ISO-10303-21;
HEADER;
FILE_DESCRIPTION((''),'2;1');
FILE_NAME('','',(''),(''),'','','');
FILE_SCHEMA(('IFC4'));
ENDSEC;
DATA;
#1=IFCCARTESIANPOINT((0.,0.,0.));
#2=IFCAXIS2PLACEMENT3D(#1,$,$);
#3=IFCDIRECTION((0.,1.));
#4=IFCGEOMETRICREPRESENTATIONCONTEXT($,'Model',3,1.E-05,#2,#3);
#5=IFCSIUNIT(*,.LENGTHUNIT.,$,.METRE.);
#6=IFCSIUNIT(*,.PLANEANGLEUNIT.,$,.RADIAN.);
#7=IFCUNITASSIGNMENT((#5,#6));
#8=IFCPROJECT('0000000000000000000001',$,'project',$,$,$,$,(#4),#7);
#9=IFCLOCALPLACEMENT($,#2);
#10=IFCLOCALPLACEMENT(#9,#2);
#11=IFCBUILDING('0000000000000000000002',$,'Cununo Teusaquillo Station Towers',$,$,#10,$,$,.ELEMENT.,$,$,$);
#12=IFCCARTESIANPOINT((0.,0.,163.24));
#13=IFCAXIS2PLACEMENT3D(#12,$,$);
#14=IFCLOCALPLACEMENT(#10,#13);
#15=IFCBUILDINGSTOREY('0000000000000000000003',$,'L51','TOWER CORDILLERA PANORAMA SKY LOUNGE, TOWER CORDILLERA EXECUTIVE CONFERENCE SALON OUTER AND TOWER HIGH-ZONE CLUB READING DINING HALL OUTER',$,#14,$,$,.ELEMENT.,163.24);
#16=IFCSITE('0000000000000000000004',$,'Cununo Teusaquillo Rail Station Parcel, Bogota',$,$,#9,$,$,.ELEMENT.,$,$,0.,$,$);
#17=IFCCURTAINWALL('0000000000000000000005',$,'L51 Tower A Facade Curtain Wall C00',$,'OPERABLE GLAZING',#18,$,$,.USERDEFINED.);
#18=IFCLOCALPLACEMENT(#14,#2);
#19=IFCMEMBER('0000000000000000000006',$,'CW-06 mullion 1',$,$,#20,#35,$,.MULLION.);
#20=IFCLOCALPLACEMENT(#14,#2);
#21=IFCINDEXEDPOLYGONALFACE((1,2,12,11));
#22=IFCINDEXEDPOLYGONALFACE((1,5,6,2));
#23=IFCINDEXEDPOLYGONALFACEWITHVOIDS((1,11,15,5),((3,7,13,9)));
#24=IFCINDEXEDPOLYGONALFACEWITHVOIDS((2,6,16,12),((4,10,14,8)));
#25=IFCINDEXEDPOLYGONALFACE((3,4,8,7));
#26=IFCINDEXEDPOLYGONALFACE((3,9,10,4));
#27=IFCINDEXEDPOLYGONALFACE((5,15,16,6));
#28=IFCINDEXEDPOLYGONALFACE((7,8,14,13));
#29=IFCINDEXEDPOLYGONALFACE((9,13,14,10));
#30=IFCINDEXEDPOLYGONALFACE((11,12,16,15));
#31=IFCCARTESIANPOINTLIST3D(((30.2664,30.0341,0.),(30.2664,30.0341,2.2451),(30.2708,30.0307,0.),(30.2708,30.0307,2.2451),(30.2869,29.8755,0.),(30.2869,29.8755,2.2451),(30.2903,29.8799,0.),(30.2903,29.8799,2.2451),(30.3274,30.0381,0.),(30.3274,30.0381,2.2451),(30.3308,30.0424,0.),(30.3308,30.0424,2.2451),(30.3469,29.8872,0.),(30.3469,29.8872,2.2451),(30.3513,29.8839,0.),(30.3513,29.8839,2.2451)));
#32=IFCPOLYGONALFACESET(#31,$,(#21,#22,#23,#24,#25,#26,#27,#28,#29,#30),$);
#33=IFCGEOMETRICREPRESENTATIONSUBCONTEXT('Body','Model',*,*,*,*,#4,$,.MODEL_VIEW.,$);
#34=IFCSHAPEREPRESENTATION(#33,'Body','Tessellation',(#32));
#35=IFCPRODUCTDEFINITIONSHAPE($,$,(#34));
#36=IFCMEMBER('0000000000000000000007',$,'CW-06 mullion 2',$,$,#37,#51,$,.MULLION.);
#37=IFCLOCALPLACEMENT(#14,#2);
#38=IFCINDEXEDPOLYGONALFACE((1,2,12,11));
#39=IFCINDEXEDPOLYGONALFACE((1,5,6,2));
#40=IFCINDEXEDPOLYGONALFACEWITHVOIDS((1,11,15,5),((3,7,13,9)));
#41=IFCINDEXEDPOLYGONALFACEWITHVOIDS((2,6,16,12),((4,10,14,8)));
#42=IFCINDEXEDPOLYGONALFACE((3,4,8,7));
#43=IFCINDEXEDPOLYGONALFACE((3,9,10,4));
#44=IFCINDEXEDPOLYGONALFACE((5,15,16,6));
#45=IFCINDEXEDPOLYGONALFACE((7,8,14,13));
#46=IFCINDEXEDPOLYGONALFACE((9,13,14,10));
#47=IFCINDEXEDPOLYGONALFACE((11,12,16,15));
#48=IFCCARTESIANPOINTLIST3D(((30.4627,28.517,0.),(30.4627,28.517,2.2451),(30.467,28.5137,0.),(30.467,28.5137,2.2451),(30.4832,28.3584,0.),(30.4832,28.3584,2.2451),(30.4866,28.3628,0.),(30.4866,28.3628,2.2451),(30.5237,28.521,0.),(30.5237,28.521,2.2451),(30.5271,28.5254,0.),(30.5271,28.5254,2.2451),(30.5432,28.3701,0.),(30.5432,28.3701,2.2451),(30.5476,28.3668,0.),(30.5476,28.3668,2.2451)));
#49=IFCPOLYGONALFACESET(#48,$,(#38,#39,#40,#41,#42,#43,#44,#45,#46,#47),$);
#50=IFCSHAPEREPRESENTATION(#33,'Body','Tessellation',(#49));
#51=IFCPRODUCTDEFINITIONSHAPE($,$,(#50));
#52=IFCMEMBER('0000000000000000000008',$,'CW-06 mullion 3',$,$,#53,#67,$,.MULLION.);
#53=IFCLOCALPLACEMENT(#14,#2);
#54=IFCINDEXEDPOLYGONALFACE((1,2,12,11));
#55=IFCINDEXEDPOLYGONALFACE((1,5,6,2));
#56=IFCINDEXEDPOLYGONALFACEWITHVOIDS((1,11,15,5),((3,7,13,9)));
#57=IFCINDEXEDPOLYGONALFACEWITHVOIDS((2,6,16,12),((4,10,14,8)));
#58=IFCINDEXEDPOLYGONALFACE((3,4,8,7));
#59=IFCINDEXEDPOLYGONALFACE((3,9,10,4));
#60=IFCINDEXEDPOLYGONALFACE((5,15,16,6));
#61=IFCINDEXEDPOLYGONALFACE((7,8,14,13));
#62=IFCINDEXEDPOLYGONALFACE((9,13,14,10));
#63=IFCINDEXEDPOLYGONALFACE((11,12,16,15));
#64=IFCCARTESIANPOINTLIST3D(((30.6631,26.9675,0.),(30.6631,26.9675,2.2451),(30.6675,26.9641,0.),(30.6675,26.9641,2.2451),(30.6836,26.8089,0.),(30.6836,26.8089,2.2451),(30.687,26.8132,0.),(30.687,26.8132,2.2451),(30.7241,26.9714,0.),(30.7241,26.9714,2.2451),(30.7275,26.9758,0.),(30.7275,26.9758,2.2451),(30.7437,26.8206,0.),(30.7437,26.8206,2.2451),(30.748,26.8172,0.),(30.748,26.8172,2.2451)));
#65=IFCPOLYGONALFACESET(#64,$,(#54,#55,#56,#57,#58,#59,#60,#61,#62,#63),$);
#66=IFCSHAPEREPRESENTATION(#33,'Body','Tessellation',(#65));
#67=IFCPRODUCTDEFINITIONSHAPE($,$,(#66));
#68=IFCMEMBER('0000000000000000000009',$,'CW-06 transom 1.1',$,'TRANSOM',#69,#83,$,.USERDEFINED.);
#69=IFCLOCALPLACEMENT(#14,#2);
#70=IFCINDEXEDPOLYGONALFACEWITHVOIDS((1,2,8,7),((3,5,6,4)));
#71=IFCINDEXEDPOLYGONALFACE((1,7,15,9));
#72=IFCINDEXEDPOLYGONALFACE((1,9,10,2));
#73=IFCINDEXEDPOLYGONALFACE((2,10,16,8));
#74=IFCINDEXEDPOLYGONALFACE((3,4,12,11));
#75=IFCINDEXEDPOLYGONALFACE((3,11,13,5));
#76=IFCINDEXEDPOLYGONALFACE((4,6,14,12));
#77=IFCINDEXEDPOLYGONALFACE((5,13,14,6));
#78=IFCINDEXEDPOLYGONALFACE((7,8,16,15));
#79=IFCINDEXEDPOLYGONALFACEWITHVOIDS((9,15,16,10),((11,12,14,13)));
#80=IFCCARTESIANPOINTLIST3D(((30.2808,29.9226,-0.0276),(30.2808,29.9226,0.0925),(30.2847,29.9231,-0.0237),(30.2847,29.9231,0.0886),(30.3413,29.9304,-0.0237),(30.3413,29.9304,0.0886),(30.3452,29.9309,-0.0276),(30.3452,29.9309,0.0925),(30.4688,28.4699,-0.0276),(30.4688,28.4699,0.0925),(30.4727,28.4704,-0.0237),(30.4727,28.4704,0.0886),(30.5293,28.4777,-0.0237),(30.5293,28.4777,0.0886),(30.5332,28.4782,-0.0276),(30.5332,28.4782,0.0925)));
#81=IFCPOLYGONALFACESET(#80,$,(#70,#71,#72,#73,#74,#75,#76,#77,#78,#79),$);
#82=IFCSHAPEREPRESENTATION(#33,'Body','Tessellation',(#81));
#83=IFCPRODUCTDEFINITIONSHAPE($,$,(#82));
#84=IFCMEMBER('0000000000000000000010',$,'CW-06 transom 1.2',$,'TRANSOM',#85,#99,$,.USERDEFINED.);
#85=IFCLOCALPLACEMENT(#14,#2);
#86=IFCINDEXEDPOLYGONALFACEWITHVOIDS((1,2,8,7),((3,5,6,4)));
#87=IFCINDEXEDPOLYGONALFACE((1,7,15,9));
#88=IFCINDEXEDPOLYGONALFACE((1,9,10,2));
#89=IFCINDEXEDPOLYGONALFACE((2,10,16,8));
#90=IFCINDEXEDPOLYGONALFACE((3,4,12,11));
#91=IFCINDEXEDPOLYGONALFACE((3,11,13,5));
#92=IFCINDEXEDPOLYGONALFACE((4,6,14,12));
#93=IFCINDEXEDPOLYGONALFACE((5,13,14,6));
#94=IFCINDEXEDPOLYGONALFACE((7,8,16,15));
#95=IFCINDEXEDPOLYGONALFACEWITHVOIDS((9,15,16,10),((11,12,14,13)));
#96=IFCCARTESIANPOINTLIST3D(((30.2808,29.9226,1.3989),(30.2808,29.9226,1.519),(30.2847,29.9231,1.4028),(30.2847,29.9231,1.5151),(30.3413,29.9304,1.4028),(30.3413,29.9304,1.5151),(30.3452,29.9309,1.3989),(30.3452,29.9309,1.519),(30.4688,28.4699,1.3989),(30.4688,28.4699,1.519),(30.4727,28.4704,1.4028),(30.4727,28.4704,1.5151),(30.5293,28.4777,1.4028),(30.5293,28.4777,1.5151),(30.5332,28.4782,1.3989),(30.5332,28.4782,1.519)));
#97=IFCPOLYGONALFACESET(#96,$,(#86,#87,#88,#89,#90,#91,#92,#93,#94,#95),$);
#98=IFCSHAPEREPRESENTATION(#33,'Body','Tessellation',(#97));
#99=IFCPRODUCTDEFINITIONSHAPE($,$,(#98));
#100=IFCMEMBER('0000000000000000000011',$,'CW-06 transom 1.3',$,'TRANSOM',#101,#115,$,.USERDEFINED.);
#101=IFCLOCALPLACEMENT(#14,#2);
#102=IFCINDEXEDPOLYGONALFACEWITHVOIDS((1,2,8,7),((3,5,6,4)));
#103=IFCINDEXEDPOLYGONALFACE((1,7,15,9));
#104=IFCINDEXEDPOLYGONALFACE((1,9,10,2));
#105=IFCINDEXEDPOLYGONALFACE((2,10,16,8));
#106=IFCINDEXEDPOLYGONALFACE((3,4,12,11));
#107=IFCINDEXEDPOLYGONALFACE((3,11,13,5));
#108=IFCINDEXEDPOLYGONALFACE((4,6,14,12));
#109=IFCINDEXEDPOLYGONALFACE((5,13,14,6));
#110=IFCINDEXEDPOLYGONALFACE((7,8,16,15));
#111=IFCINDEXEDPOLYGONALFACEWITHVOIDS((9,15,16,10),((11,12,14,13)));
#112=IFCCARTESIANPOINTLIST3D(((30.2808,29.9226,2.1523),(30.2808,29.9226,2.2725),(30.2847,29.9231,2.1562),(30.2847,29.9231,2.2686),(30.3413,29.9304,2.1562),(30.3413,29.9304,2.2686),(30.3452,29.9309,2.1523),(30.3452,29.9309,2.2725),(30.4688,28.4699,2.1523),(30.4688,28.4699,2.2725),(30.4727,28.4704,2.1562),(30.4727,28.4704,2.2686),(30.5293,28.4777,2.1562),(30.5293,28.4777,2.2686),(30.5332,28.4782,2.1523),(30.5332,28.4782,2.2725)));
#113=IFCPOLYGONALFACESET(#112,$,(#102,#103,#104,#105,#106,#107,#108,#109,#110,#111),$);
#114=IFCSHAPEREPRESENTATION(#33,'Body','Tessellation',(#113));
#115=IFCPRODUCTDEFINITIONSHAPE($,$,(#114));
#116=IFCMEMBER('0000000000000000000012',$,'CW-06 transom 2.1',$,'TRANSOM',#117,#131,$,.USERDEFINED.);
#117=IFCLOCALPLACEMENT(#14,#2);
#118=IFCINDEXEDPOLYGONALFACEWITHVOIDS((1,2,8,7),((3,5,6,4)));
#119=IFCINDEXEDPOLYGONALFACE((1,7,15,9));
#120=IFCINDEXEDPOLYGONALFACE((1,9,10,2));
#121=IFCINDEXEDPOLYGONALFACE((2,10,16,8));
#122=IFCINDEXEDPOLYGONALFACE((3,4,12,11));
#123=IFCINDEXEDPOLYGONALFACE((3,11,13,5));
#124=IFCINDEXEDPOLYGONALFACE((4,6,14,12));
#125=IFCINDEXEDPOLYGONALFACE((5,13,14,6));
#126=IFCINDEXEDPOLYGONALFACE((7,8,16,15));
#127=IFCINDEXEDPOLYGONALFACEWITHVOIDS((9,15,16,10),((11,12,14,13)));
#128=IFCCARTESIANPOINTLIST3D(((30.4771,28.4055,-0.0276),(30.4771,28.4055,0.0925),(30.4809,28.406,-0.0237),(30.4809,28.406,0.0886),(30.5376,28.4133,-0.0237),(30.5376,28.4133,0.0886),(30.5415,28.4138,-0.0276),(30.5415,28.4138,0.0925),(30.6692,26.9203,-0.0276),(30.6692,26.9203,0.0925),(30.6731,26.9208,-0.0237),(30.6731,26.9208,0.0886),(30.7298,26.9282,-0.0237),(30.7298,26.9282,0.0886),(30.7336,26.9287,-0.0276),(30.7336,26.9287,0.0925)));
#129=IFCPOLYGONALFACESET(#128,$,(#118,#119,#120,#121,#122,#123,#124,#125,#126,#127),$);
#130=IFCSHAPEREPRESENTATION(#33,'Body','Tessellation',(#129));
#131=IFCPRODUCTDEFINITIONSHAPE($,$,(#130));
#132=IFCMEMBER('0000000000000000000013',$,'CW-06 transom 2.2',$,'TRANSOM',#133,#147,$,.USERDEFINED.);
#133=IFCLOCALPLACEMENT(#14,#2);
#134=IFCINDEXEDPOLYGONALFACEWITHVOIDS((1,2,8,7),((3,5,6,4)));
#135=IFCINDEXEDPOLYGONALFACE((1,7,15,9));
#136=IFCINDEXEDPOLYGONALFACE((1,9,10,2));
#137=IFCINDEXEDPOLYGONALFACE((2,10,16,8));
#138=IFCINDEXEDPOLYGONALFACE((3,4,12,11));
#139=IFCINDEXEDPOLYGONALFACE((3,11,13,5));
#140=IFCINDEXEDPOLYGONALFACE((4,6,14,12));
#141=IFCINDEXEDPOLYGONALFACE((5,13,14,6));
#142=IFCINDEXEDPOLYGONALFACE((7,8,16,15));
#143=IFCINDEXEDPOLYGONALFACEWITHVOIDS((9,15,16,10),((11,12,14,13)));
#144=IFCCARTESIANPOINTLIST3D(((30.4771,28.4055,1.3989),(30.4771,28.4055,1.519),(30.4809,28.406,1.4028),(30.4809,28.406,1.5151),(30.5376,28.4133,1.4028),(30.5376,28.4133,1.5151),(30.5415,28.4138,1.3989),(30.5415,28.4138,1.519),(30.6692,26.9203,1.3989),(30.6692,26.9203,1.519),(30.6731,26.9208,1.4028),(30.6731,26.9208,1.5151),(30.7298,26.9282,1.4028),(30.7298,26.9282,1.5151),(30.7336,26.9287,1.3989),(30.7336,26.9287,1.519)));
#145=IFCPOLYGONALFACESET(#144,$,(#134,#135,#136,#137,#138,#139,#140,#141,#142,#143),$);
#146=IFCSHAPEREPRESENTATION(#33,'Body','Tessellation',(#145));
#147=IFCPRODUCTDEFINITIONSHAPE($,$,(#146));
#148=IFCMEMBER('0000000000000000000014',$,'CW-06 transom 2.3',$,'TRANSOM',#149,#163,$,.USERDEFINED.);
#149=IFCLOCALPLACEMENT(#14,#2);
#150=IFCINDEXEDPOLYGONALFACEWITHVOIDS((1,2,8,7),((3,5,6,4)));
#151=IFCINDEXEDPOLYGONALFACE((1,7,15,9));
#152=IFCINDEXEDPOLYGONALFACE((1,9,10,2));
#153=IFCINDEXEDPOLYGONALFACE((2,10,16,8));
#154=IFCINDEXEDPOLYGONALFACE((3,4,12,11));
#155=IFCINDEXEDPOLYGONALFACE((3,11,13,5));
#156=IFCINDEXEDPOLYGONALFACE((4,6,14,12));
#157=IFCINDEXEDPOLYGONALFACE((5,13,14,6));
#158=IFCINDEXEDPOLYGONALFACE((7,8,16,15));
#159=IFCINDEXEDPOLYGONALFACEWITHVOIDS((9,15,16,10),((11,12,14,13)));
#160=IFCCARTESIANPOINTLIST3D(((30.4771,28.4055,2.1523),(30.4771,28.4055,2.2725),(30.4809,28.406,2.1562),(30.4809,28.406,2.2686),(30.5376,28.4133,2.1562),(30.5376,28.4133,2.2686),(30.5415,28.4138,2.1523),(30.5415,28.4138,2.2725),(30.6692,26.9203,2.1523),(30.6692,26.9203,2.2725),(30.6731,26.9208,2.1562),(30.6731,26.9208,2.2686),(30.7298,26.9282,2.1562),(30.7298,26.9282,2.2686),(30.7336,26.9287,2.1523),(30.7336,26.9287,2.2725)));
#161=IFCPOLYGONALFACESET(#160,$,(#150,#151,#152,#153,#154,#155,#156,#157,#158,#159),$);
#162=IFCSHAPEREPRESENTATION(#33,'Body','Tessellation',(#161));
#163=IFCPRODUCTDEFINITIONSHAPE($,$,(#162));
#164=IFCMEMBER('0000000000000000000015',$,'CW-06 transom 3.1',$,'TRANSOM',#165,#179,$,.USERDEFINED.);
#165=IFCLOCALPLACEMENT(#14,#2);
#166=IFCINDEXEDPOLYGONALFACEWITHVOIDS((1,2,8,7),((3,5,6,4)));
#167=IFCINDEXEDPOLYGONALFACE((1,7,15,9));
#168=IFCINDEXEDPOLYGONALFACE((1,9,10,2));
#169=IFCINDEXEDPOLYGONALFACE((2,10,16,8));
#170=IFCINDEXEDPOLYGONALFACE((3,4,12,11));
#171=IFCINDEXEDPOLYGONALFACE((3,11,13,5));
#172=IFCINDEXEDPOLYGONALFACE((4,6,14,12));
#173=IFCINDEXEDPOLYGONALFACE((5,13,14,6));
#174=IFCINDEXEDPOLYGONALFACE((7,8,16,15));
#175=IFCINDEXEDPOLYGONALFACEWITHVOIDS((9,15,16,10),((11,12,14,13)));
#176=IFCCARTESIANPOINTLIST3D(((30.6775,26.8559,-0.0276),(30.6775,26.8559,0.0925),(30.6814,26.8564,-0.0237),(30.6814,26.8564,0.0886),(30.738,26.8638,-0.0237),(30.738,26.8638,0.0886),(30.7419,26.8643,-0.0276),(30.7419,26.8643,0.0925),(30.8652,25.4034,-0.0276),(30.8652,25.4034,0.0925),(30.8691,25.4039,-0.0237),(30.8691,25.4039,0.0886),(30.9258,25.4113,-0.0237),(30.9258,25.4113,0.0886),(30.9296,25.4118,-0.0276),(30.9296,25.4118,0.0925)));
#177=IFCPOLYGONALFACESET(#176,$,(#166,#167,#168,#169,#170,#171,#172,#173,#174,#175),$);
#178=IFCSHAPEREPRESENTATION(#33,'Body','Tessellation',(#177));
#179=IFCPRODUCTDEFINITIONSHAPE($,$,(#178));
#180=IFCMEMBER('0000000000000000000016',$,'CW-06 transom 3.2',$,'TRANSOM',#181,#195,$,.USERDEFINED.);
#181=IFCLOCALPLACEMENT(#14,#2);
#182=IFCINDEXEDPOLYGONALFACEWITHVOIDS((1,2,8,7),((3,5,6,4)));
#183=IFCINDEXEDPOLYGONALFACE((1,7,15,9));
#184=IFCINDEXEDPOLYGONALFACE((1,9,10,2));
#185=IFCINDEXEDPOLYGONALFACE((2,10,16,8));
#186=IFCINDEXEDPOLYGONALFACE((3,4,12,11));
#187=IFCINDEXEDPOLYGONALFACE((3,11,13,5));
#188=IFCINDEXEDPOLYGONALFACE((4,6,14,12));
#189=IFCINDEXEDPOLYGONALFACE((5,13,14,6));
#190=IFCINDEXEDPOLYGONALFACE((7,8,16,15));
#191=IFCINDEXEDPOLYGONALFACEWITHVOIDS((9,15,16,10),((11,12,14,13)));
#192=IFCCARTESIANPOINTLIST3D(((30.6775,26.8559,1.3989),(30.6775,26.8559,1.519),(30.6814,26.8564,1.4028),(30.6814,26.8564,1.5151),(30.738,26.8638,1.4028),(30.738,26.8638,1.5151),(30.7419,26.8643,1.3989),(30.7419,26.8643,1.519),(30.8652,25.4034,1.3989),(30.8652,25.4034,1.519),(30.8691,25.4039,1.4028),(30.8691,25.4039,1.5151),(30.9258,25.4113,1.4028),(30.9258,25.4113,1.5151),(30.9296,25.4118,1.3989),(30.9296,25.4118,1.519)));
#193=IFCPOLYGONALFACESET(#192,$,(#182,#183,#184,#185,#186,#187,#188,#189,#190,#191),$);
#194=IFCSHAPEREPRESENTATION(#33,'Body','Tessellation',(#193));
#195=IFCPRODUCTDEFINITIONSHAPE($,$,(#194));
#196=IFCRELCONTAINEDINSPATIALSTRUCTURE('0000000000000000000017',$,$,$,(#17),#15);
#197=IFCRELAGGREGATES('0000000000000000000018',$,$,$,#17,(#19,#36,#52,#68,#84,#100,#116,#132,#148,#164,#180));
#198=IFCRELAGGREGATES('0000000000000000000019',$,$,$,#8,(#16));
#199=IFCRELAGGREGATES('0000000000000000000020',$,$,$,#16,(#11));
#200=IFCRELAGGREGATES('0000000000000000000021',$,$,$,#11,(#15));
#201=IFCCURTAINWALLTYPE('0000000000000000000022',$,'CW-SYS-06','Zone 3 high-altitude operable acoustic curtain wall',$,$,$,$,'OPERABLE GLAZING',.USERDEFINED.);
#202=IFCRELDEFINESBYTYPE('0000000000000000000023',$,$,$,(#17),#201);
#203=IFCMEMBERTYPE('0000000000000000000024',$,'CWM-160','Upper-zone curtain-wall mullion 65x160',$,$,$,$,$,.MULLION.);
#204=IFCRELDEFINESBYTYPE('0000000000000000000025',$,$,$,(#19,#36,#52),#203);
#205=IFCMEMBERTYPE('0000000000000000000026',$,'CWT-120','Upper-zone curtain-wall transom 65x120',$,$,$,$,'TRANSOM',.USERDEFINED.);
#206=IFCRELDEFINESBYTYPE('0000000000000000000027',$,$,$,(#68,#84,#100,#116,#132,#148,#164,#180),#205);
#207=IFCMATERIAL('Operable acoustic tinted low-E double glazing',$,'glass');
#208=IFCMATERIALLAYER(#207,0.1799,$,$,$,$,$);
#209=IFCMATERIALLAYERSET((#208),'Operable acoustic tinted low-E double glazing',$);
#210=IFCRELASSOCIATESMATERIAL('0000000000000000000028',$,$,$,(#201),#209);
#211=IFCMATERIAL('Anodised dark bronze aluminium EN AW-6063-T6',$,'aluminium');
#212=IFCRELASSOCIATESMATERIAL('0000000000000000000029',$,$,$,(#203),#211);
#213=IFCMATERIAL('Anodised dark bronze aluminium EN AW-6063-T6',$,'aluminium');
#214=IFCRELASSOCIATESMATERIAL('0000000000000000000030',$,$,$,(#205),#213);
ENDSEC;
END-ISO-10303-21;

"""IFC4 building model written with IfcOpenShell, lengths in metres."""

from ifc_helpers import new_model, si_unit, direction, frame, origin, origin_2d, place, context, subcontext, project, spatial, hollow_rectangle, extrude, material, layer, layer_set, material_profile, profile_set, type_object, element, aggregate, save


model = new_model("IFC4")

# Units and contexts
model_context = context("Model", 3, precision=1e-05, world=origin(), true_north=direction((0.0, 1.0)))
body_context = subcontext(model_context, "Body", "Model", "MODEL_VIEW")
ifc_project = project(units=[si_unit("LENGTHUNIT", "METRE"), si_unit("PLANEANGLEUNIT", "RADIAN")], contexts=[model_context])

# Site, building, storey
site_placement = place(None, origin())
site = spatial("IfcSite", under=ifc_project, at=site_placement, Name="Cununo Teusaquillo Rail Station Parcel, Bogota", CompositionType="ELEMENT", RefElevation=0.0)
building_placement = place(site_placement, origin())
building = spatial("IfcBuilding", under=site, at=building_placement, Name="Cununo Teusaquillo Station Towers", CompositionType="ELEMENT")
storey_placement = place(building_placement, frame((0.0, 0.0, 163.24)))
storey = spatial("IfcBuildingStorey", under=building, at=storey_placement, Name="L51", Description="TOWER CORDILLERA PANORAMA SKY LOUNGE, TOWER CORDILLERA EXECUTIVE CONFERENCE SALON OUTER AND TOWER HIGH-ZONE CLUB READING DINING HALL OUTER", CompositionType="ELEMENT", Elevation=163.24)

# Curtain wall, members
ifc_material_1 = material(Name="Operable acoustic tinted low-E double glazing", Category="glass")
ifc_layer_1 = layer(ifc_material_1, 0.1799)
ifc_layer_set_1 = layer_set([ifc_layer_1], Name="Operable acoustic tinted low-E double glazing")
curtain_wall_type = type_object("IfcCurtainWallType", Name="CW-SYS-06", Description="Zone 3 high-altitude operable acoustic curtain wall", ElementType="OPERABLE GLAZING", PredefinedType="USERDEFINED", material=ifc_layer_set_1)
curtain_wall_placement = place(storey_placement, origin())
curtain_wall = element("IfcCurtainWall", 1, at=curtain_wall_placement, inside=storey, type_object=curtain_wall_type, Name="L51 Tower A Facade Curtain Wall C00", ObjectType="OPERABLE GLAZING", PredefinedType="USERDEFINED")
ifc_material_2 = material(Name="Anodised dark bronze aluminium EN AW-6063-T6", Category="aluminium")
ifc_material_profile_1 = material_profile(ifc_material_2, hollow_rectangle(XDim=0.0649, YDim=0.1599, WallThickness=0.0039, at=origin_2d()), Name="CW-MULL-65x160")
ifc_profile_set_1 = profile_set([ifc_material_profile_1], Name="Anodised dark bronze aluminium EN AW-6063-T6")
member_type_1 = type_object("IfcMemberType", Name="CWM-160", Description="Upper-zone curtain-wall mullion 65x160", PredefinedType="MULLION", material=ifc_profile_set_1)
member_1_placement = place(storey_placement, frame((30.3088, 29.959, 0.0), z_axis=(0.0, 0.0, 1.0), x_axis=(0.991736, 0.128293, 0.0)))
member_1 = element("IfcMember", 2, at=member_1_placement, type_object=member_type_1, Name="CW-06 mullion 1", PredefinedType="MULLION", context=body_context, shape_type="SweptSolid", body=[
    extrude(hollow_rectangle(XDim=0.0649, YDim=0.1599, WallThickness=0.0039, at=origin_2d()), origin(), (0.0, 0.0, 1.0), 2.2451),
])
member_2_placement = place(storey_placement, frame((30.5051, 28.4419, 0.0), z_axis=(0.0, 0.0, 1.0), x_axis=(0.991736, 0.128293, 0.0)))
member_2 = element("IfcMember", 3, at=member_2_placement, type_object=member_type_1, Name="CW-06 mullion 2", PredefinedType="MULLION", context=body_context, shape_type="SweptSolid", body=[
    extrude(hollow_rectangle(XDim=0.0649, YDim=0.1599, WallThickness=0.0039, at=origin_2d()), origin(), (0.0, 0.0, 1.0), 2.2451),
])
member_3_placement = place(storey_placement, frame((30.7056, 26.8923, 0.0), z_axis=(0.0, 0.0, 1.0), x_axis=(0.991736, 0.128293, 0.0)))
member_3 = element("IfcMember", 4, at=member_3_placement, type_object=member_type_1, Name="CW-06 mullion 3", PredefinedType="MULLION", context=body_context, shape_type="SweptSolid", body=[
    extrude(hollow_rectangle(XDim=0.0649, YDim=0.1599, WallThickness=0.0039, at=origin_2d()), origin(), (0.0, 0.0, 1.0), 2.2451),
])
ifc_material_3 = material(Name="Anodised dark bronze aluminium EN AW-6063-T6", Category="aluminium")
ifc_material_profile_2 = material_profile(ifc_material_3, hollow_rectangle(XDim=0.0649, YDim=0.1201, WallThickness=0.0039, at=origin_2d()), Name="CW-TRAN-65x120")
ifc_profile_set_2 = profile_set([ifc_material_profile_2], Name="Anodised dark bronze aluminium EN AW-6063-T6")
member_type_2 = type_object("IfcMemberType", Name="CWT-120", Description="Upper-zone curtain-wall transom 65x120", ElementType="TRANSOM", PredefinedType="USERDEFINED", material=ifc_profile_set_2)
member_4_placement = place(storey_placement, frame((30.313, 29.9268, 0.0325), z_axis=(0.128342, -0.99173, 0.0), x_axis=(0.99173, 0.128342, 0.0)))
member_4 = element("IfcMember", 5, at=member_4_placement, type_object=member_type_2, Name="CW-06 transom 1.1", ObjectType="TRANSOM", PredefinedType="USERDEFINED", context=body_context, shape_type="SweptSolid", body=[
    extrude(hollow_rectangle(XDim=0.0649, YDim=0.1201, WallThickness=0.0039, at=origin_2d()), origin(), (0.0, 0.0, 1.0), 1.4648),
])
member_5_placement = place(storey_placement, frame((30.313, 29.9268, 1.459), z_axis=(0.128342, -0.99173, 0.0), x_axis=(0.99173, 0.128342, 0.0)))
member_5 = element("IfcMember", 6, at=member_5_placement, type_object=member_type_2, Name="CW-06 transom 1.2", ObjectType="TRANSOM", PredefinedType="USERDEFINED", context=body_context, shape_type="SweptSolid", body=[
    extrude(hollow_rectangle(XDim=0.0649, YDim=0.1201, WallThickness=0.0039, at=origin_2d()), origin(), (0.0, 0.0, 1.0), 1.4648),
])
member_6_placement = place(storey_placement, frame((30.313, 29.9268, 2.2124), z_axis=(0.128342, -0.99173, 0.0), x_axis=(0.99173, 0.128342, 0.0)))
member_6 = element("IfcMember", 7, at=member_6_placement, type_object=member_type_2, Name="CW-06 transom 1.3", ObjectType="TRANSOM", PredefinedType="USERDEFINED", context=body_context, shape_type="SweptSolid", body=[
    extrude(hollow_rectangle(XDim=0.0649, YDim=0.1201, WallThickness=0.0039, at=origin_2d()), origin(), (0.0, 0.0, 1.0), 1.4648),
])
member_7_placement = place(storey_placement, frame((30.5093, 28.4097, 0.0325), z_axis=(0.128308, -0.991734, 0.0), x_axis=(0.991734, 0.128308, 0.0)))
member_7 = element("IfcMember", 8, at=member_7_placement, type_object=member_type_2, Name="CW-06 transom 2.1", ObjectType="TRANSOM", PredefinedType="USERDEFINED", context=body_context, shape_type="SweptSolid", body=[
    extrude(hollow_rectangle(XDim=0.0649, YDim=0.1201, WallThickness=0.0039, at=origin_2d()), origin(), (0.0, 0.0, 1.0), 1.4976),
])
member_8_placement = place(storey_placement, frame((30.5093, 28.4097, 1.459), z_axis=(0.128308, -0.991734, 0.0), x_axis=(0.991734, 0.128308, 0.0)))
member_8 = element("IfcMember", 9, at=member_8_placement, type_object=member_type_2, Name="CW-06 transom 2.2", ObjectType="TRANSOM", PredefinedType="USERDEFINED", context=body_context, shape_type="SweptSolid", body=[
    extrude(hollow_rectangle(XDim=0.0649, YDim=0.1201, WallThickness=0.0039, at=origin_2d()), origin(), (0.0, 0.0, 1.0), 1.4976),
])
member_9_placement = place(storey_placement, frame((30.5093, 28.4097, 2.2124), z_axis=(0.128308, -0.991734, 0.0), x_axis=(0.991734, 0.128308, 0.0)))
member_9 = element("IfcMember", 10, at=member_9_placement, type_object=member_type_2, Name="CW-06 transom 2.3", ObjectType="TRANSOM", PredefinedType="USERDEFINED", context=body_context, shape_type="SweptSolid", body=[
    extrude(hollow_rectangle(XDim=0.0649, YDim=0.1201, WallThickness=0.0039, at=origin_2d()), origin(), (0.0, 0.0, 1.0), 1.4976),
])
member_10_placement = place(storey_placement, frame((30.7097, 26.8601, 0.0325), z_axis=(0.128178, -0.991751, 0.0), x_axis=(0.991751, 0.128178, 0.0)))
member_10 = element("IfcMember", 11, at=member_10_placement, type_object=member_type_2, Name="CW-06 transom 3.1", ObjectType="TRANSOM", PredefinedType="USERDEFINED", context=body_context, shape_type="SweptSolid", body=[
    extrude(hollow_rectangle(XDim=0.0649, YDim=0.1201, WallThickness=0.0039, at=origin_2d()), origin(), (0.0, 0.0, 1.0), 1.4646),
])
member_11_placement = place(storey_placement, frame((30.7097, 26.8601, 1.459), z_axis=(0.128178, -0.991751, 0.0), x_axis=(0.991751, 0.128178, 0.0)))
member_11 = element("IfcMember", 12, at=member_11_placement, type_object=member_type_2, Name="CW-06 transom 3.2", ObjectType="TRANSOM", PredefinedType="USERDEFINED", context=body_context, shape_type="SweptSolid", body=[
    extrude(hollow_rectangle(XDim=0.0649, YDim=0.1201, WallThickness=0.0039, at=origin_2d()), origin(), (0.0, 0.0, 1.0), 1.4646),
])
aggregate(curtain_wall, [member_1, member_2, member_3, member_4, member_5, member_6, member_7, member_8, member_9, member_10, member_11])

save(model, "model.ifc")
